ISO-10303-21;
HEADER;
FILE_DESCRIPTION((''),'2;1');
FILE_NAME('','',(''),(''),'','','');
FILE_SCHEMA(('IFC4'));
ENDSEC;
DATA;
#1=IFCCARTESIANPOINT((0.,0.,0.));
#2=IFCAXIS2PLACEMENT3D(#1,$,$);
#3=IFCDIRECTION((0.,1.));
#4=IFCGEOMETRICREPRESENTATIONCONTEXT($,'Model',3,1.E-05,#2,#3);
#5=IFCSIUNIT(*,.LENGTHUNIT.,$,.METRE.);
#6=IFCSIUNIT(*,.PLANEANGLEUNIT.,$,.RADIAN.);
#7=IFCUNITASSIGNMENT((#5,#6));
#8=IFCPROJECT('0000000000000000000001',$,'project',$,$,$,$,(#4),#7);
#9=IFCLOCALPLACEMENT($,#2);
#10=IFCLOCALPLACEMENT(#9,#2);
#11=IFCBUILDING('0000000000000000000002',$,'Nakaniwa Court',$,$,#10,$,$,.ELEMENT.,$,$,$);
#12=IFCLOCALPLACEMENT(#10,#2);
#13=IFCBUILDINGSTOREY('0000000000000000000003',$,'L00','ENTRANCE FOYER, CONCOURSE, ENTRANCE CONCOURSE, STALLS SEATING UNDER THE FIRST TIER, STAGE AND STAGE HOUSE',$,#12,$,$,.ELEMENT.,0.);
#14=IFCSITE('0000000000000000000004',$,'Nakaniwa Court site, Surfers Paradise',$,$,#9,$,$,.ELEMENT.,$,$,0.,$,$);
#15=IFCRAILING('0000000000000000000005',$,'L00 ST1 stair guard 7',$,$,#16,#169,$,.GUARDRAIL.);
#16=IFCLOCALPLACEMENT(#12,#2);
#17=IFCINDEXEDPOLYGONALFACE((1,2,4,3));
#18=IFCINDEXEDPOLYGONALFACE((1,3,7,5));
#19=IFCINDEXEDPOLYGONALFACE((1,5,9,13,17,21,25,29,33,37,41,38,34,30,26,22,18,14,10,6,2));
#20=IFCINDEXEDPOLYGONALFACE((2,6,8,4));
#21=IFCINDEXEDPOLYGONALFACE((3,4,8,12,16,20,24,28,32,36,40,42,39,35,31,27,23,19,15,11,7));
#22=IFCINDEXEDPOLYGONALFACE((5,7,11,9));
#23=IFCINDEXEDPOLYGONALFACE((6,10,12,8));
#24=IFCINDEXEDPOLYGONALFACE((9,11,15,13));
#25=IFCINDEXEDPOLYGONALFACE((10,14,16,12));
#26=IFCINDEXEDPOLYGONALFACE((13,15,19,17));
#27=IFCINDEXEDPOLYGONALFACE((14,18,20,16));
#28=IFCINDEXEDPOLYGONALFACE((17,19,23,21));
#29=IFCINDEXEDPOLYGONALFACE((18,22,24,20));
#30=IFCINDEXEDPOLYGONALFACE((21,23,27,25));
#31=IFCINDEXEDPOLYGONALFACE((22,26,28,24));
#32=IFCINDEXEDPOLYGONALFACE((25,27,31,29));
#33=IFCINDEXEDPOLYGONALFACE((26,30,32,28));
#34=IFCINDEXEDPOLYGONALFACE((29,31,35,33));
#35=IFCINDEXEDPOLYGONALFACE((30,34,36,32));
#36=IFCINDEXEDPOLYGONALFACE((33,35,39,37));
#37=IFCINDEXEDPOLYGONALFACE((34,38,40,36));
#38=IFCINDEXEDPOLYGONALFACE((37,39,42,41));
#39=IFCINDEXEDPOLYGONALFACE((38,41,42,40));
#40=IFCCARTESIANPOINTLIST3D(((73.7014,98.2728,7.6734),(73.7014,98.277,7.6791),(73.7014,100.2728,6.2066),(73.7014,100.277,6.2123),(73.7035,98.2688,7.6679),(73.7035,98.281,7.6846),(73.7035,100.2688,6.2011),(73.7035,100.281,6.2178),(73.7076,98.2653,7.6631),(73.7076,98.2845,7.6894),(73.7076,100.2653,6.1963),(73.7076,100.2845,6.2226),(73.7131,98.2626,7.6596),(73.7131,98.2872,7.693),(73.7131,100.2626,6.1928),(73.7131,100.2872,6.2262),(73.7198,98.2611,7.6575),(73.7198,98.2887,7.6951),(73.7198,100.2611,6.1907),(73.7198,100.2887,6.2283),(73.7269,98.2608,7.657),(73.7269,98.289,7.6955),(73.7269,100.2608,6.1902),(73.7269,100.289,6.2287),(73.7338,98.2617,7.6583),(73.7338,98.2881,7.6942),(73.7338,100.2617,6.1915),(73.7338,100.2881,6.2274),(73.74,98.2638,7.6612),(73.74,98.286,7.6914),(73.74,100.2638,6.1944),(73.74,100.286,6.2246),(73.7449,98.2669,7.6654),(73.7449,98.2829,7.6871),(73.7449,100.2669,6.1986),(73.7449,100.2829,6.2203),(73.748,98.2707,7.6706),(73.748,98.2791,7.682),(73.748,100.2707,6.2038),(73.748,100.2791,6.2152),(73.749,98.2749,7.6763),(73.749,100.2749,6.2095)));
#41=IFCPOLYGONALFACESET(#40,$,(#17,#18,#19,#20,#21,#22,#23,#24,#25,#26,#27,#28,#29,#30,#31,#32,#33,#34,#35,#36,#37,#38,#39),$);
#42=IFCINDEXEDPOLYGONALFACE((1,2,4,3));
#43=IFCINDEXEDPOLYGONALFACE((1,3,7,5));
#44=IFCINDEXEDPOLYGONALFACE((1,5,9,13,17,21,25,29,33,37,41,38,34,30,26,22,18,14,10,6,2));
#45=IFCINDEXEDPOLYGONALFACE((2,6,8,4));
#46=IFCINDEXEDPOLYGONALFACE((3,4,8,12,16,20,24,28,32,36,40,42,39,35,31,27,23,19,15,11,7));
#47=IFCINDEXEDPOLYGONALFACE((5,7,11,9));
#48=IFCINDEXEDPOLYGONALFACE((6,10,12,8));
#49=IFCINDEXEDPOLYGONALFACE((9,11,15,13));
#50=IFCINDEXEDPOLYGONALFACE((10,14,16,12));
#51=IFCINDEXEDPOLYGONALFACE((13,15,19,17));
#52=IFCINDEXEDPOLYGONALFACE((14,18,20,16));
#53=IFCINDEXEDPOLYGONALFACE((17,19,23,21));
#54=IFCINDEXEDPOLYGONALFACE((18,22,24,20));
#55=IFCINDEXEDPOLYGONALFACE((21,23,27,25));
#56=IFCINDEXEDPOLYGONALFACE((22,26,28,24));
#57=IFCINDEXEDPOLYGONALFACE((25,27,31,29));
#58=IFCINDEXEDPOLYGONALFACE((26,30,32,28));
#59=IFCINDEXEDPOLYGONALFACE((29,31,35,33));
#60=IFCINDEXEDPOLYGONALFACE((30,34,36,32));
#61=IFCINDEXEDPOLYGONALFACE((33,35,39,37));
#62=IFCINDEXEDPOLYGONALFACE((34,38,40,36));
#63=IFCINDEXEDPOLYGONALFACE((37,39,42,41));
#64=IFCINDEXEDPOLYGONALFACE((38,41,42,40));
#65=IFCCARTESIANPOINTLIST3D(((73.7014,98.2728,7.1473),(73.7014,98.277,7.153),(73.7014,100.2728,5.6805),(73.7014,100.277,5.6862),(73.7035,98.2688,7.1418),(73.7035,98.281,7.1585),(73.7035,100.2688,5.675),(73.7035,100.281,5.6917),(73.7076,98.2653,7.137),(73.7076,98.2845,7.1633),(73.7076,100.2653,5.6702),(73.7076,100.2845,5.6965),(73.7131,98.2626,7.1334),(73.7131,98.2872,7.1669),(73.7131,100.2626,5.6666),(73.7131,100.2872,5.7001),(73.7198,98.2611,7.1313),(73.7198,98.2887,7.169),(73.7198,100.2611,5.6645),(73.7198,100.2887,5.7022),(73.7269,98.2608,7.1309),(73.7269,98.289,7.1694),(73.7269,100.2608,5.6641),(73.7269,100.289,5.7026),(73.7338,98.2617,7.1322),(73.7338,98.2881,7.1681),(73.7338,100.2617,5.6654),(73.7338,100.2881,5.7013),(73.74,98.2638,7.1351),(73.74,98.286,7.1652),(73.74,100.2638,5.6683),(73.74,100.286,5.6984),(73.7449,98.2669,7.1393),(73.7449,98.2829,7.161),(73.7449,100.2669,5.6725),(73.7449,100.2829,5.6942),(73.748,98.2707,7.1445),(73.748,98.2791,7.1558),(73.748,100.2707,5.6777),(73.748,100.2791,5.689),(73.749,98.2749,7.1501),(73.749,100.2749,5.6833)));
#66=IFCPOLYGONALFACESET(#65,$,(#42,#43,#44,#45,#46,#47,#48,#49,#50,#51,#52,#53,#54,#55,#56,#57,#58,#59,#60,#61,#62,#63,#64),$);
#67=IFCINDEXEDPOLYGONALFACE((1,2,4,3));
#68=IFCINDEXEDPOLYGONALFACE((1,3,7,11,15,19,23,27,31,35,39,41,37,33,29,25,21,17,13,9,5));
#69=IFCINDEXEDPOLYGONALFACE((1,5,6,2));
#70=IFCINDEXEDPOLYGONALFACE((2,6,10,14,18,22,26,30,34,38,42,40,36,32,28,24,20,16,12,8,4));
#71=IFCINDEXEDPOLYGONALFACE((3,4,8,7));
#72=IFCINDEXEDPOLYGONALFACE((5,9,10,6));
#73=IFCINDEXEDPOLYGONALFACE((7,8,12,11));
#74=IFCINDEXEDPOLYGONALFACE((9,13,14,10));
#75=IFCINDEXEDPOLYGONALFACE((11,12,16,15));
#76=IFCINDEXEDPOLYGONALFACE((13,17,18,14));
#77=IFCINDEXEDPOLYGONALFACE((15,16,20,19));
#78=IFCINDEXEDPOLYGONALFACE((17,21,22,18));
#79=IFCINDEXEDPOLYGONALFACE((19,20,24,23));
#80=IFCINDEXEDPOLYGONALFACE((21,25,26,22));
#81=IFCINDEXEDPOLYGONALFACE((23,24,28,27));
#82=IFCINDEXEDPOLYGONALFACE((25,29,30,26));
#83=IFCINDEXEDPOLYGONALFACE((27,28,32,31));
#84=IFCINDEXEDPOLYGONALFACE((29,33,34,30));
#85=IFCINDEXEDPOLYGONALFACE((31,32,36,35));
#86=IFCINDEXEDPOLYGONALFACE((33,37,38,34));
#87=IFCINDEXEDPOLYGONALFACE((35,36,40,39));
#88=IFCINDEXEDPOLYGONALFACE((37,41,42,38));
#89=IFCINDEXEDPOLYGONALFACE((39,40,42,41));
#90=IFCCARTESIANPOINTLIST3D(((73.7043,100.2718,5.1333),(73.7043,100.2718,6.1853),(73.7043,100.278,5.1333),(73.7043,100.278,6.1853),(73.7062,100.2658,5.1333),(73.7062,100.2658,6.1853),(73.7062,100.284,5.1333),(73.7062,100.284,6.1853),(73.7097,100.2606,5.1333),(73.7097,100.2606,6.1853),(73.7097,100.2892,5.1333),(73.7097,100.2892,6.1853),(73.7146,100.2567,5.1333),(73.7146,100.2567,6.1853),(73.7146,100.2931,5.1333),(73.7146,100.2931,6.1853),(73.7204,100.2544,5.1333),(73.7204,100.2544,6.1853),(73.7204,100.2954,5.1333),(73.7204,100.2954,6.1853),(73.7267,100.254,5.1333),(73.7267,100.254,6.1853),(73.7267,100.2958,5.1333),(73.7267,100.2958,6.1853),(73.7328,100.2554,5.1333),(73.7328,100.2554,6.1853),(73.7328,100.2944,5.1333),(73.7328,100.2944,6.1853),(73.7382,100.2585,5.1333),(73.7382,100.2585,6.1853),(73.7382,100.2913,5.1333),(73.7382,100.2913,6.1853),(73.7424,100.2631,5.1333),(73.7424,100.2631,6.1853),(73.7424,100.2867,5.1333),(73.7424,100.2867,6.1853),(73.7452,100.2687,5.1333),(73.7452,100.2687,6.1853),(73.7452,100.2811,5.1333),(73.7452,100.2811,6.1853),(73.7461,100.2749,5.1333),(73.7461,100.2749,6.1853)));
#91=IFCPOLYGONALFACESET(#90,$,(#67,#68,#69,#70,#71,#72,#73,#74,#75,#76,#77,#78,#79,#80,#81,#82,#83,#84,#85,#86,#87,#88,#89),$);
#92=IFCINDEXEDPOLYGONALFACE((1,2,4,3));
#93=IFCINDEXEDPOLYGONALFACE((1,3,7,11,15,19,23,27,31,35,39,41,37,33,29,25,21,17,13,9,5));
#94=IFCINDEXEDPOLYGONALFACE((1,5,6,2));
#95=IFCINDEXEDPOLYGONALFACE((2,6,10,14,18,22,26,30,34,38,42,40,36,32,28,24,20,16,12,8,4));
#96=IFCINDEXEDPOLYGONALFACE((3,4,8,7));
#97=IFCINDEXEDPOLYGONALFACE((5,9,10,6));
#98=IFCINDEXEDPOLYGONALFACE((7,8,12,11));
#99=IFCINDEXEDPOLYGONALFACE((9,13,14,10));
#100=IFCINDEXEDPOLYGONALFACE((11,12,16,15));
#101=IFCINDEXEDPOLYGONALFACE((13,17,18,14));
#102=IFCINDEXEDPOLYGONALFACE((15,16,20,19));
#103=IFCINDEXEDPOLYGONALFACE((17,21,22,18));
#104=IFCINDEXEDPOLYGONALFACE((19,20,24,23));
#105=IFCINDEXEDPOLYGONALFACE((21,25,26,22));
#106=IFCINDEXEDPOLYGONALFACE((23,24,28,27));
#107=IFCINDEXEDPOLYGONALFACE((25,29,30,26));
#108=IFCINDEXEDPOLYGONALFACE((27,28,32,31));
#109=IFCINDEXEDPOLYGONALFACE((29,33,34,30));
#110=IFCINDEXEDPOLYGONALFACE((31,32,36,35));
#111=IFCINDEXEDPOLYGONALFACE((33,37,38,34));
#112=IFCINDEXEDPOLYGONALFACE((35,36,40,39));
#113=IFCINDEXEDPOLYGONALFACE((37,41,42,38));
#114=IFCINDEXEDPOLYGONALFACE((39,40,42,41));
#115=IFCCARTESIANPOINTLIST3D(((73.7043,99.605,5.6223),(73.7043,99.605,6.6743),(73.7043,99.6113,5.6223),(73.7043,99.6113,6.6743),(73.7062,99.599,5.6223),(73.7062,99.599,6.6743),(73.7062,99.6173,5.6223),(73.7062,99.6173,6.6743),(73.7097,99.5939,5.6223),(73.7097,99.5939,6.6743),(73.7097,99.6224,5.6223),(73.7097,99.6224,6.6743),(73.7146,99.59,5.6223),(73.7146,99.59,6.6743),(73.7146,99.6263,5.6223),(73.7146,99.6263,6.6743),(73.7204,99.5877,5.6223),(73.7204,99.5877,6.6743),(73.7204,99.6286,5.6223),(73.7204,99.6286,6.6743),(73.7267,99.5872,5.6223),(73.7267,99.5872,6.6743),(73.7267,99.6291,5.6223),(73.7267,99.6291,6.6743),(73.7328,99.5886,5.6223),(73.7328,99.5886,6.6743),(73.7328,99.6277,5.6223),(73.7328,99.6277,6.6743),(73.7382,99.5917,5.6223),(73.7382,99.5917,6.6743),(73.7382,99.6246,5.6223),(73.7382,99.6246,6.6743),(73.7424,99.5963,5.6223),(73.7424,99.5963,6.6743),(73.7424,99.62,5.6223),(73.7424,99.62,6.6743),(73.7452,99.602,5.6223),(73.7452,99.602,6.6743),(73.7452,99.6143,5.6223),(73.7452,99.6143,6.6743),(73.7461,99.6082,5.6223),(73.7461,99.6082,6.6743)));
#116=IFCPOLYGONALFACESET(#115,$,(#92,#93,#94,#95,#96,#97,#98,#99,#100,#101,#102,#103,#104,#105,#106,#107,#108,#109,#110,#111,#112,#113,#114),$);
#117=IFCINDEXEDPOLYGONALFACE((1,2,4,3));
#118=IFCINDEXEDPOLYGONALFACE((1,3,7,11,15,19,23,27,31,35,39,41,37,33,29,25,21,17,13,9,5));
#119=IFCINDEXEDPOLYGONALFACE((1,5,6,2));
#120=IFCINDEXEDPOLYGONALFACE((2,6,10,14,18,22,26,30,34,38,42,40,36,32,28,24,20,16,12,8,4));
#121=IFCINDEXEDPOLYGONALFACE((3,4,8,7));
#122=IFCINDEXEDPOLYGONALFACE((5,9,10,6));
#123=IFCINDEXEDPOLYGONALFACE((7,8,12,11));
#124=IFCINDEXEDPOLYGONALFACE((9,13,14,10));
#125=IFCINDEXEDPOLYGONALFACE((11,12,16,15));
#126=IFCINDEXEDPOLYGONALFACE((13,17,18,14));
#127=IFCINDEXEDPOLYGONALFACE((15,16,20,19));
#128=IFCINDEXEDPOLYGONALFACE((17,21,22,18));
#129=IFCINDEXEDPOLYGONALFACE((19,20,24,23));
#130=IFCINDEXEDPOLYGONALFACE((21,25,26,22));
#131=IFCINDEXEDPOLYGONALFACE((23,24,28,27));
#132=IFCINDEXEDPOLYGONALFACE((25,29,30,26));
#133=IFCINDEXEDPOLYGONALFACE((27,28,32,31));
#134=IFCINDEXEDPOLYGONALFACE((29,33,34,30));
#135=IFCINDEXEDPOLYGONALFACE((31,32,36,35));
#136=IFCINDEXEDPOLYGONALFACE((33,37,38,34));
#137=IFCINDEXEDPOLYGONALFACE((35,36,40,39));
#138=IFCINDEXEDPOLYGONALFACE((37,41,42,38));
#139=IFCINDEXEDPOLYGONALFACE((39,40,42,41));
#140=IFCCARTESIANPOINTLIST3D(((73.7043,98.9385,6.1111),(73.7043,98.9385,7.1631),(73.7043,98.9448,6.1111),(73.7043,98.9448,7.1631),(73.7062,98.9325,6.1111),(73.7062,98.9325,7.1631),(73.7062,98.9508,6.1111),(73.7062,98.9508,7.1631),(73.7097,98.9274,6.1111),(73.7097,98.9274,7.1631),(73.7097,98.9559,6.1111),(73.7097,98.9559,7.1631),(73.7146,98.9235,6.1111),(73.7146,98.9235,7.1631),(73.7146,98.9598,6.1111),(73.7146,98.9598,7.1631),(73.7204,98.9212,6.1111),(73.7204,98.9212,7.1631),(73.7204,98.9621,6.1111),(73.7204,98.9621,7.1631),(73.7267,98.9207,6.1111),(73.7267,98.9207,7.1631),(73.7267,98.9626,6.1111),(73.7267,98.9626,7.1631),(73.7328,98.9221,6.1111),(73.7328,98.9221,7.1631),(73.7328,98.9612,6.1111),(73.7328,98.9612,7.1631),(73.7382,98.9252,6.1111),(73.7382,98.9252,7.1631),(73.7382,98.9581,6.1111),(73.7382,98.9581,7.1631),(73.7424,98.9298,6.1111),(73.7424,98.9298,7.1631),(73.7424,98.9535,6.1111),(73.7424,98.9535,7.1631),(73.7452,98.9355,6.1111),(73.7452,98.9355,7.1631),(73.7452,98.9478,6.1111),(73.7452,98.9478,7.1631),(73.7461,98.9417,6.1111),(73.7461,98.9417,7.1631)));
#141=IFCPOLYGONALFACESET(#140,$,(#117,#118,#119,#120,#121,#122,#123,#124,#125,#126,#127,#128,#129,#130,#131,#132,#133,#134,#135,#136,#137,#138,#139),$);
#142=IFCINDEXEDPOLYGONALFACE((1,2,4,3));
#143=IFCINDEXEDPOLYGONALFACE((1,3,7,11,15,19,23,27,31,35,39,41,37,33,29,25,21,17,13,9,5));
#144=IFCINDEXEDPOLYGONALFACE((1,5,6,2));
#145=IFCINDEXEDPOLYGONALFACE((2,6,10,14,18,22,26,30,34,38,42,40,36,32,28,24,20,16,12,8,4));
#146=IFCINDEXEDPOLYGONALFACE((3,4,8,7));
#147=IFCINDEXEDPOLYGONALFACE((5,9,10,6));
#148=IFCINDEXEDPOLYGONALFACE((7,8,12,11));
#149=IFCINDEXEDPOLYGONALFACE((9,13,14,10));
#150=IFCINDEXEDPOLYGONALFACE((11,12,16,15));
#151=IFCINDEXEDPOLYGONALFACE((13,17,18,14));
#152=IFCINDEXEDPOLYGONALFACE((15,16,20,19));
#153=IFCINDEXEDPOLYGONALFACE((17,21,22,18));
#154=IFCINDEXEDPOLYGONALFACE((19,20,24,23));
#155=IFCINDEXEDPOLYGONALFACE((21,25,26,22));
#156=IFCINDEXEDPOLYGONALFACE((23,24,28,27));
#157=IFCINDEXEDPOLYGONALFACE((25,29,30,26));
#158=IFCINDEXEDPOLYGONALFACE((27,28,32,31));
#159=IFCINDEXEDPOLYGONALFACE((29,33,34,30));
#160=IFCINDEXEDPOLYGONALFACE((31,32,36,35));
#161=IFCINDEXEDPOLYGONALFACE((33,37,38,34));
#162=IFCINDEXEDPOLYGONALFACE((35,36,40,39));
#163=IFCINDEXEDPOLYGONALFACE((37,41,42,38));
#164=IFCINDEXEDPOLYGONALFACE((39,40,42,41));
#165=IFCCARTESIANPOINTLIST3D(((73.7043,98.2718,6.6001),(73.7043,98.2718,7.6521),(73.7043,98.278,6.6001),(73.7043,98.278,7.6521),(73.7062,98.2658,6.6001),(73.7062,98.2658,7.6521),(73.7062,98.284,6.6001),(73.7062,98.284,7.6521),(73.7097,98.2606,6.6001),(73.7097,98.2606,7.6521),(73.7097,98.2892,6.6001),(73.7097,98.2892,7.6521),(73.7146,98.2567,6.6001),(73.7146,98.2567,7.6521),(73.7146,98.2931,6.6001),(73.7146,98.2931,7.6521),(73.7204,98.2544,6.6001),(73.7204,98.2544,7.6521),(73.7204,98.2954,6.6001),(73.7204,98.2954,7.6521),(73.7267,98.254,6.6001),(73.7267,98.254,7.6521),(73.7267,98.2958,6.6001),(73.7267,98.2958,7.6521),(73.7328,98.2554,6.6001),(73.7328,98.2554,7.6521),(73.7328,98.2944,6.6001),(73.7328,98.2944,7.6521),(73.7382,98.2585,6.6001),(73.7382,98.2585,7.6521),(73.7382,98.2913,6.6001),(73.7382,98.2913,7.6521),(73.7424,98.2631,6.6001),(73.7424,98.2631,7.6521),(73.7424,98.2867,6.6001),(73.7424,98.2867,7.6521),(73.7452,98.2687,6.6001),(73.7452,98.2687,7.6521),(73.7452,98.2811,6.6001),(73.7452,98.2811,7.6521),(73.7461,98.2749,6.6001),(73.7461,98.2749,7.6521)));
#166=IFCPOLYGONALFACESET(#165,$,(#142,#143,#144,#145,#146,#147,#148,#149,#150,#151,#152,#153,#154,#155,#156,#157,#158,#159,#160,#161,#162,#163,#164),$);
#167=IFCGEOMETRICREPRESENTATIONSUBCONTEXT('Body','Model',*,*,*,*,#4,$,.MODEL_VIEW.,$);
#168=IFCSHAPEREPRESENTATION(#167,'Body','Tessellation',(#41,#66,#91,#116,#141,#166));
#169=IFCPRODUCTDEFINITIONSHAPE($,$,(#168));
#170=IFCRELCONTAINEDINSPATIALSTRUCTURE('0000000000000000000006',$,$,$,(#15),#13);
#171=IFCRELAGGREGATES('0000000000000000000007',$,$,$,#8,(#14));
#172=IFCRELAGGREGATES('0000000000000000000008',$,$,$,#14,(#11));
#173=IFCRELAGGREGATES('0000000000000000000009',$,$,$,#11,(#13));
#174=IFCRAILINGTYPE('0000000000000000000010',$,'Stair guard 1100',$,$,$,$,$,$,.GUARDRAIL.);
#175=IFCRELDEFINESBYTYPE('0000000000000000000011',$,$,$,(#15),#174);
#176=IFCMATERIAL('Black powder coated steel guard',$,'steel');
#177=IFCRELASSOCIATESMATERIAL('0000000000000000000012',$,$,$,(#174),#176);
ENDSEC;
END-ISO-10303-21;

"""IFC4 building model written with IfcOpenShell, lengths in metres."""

from ifc_helpers import new_model, si_unit, direction, frame, origin, origin_2d, place, context, subcontext, project, spatial, circle, extrude, material, type_object, element, save


model = new_model("IFC4")

# Units and contexts
model_context = context("Model", 3, precision=1e-05, world=origin(), true_north=direction((0.0, 1.0)))
body_context = subcontext(model_context, "Body", "Model", "MODEL_VIEW")
ifc_project = project(units=[si_unit("LENGTHUNIT", "METRE"), si_unit("PLANEANGLEUNIT", "RADIAN")], contexts=[model_context])

# Site, building, storey
site_placement = place(None, origin())
site = spatial("IfcSite", under=ifc_project, at=site_placement, Name="Nakaniwa Court site, Surfers Paradise", CompositionType="ELEMENT", RefElevation=0.0)
building_placement = place(site_placement, origin())
building = spatial("IfcBuilding", under=site, at=building_placement, Name="Nakaniwa Court", CompositionType="ELEMENT")
storey_placement = place(building_placement, origin())
storey = spatial("IfcBuildingStorey", under=building, at=storey_placement, Name="L00", Description="ENTRANCE FOYER, CONCOURSE, ENTRANCE CONCOURSE, STALLS SEATING UNDER THE FIRST TIER, STAGE AND STAGE HOUSE", CompositionType="ELEMENT", Elevation=0.0)

# Railing
ifc_material_1 = material(Name="Black powder coated steel guard", Category="steel")
railing_type_1 = type_object("IfcRailingType", Name="Stair guard 1100", PredefinedType="GUARDRAIL", material=ifc_material_1)
railing_1_placement = place(storey_placement, frame((73.7251, 100.2749, 5.1333)))
element("IfcRailing", 1, at=railing_1_placement, inside=storey, type_object=railing_type_1, Name="L00 ST1 stair guard 7", PredefinedType="GUARDRAIL", context=body_context, shape_type="SweptSolid", body=[
    extrude(circle(Radius=0.0239, at=origin_2d()), frame((0.0, 0.0, 1.0762), z_axis=(0.0, -0.80638, 0.591398), x_axis=(1.0, 0.0, 0.0)), (0.0, 0.0, 1.0), 2.4802),
    extrude(circle(Radius=0.0239, at=origin_2d()), frame((0.0, 0.0, 0.55), z_axis=(0.0, -0.80638, 0.591398), x_axis=(1.0, 0.0, 0.0)), (0.0, 0.0, 1.0), 2.4802),
    extrude(circle(Radius=0.021, at=origin_2d()), origin(), (0.0, 0.0, 1.0), 1.052),
    extrude(circle(Radius=0.021, at=origin_2d()), frame((0.0, -0.6667, 0.489)), (0.0, 0.0, 1.0), 1.052),
    extrude(circle(Radius=0.021, at=origin_2d()), frame((0.0, -1.3333, 0.9778)), (0.0, 0.0, 1.0), 1.052),
    extrude(circle(Radius=0.021, at=origin_2d()), frame((0.0, -2.0, 1.4668)), (0.0, 0.0, 1.0), 1.052),
])

save(model, "model.ifc")
